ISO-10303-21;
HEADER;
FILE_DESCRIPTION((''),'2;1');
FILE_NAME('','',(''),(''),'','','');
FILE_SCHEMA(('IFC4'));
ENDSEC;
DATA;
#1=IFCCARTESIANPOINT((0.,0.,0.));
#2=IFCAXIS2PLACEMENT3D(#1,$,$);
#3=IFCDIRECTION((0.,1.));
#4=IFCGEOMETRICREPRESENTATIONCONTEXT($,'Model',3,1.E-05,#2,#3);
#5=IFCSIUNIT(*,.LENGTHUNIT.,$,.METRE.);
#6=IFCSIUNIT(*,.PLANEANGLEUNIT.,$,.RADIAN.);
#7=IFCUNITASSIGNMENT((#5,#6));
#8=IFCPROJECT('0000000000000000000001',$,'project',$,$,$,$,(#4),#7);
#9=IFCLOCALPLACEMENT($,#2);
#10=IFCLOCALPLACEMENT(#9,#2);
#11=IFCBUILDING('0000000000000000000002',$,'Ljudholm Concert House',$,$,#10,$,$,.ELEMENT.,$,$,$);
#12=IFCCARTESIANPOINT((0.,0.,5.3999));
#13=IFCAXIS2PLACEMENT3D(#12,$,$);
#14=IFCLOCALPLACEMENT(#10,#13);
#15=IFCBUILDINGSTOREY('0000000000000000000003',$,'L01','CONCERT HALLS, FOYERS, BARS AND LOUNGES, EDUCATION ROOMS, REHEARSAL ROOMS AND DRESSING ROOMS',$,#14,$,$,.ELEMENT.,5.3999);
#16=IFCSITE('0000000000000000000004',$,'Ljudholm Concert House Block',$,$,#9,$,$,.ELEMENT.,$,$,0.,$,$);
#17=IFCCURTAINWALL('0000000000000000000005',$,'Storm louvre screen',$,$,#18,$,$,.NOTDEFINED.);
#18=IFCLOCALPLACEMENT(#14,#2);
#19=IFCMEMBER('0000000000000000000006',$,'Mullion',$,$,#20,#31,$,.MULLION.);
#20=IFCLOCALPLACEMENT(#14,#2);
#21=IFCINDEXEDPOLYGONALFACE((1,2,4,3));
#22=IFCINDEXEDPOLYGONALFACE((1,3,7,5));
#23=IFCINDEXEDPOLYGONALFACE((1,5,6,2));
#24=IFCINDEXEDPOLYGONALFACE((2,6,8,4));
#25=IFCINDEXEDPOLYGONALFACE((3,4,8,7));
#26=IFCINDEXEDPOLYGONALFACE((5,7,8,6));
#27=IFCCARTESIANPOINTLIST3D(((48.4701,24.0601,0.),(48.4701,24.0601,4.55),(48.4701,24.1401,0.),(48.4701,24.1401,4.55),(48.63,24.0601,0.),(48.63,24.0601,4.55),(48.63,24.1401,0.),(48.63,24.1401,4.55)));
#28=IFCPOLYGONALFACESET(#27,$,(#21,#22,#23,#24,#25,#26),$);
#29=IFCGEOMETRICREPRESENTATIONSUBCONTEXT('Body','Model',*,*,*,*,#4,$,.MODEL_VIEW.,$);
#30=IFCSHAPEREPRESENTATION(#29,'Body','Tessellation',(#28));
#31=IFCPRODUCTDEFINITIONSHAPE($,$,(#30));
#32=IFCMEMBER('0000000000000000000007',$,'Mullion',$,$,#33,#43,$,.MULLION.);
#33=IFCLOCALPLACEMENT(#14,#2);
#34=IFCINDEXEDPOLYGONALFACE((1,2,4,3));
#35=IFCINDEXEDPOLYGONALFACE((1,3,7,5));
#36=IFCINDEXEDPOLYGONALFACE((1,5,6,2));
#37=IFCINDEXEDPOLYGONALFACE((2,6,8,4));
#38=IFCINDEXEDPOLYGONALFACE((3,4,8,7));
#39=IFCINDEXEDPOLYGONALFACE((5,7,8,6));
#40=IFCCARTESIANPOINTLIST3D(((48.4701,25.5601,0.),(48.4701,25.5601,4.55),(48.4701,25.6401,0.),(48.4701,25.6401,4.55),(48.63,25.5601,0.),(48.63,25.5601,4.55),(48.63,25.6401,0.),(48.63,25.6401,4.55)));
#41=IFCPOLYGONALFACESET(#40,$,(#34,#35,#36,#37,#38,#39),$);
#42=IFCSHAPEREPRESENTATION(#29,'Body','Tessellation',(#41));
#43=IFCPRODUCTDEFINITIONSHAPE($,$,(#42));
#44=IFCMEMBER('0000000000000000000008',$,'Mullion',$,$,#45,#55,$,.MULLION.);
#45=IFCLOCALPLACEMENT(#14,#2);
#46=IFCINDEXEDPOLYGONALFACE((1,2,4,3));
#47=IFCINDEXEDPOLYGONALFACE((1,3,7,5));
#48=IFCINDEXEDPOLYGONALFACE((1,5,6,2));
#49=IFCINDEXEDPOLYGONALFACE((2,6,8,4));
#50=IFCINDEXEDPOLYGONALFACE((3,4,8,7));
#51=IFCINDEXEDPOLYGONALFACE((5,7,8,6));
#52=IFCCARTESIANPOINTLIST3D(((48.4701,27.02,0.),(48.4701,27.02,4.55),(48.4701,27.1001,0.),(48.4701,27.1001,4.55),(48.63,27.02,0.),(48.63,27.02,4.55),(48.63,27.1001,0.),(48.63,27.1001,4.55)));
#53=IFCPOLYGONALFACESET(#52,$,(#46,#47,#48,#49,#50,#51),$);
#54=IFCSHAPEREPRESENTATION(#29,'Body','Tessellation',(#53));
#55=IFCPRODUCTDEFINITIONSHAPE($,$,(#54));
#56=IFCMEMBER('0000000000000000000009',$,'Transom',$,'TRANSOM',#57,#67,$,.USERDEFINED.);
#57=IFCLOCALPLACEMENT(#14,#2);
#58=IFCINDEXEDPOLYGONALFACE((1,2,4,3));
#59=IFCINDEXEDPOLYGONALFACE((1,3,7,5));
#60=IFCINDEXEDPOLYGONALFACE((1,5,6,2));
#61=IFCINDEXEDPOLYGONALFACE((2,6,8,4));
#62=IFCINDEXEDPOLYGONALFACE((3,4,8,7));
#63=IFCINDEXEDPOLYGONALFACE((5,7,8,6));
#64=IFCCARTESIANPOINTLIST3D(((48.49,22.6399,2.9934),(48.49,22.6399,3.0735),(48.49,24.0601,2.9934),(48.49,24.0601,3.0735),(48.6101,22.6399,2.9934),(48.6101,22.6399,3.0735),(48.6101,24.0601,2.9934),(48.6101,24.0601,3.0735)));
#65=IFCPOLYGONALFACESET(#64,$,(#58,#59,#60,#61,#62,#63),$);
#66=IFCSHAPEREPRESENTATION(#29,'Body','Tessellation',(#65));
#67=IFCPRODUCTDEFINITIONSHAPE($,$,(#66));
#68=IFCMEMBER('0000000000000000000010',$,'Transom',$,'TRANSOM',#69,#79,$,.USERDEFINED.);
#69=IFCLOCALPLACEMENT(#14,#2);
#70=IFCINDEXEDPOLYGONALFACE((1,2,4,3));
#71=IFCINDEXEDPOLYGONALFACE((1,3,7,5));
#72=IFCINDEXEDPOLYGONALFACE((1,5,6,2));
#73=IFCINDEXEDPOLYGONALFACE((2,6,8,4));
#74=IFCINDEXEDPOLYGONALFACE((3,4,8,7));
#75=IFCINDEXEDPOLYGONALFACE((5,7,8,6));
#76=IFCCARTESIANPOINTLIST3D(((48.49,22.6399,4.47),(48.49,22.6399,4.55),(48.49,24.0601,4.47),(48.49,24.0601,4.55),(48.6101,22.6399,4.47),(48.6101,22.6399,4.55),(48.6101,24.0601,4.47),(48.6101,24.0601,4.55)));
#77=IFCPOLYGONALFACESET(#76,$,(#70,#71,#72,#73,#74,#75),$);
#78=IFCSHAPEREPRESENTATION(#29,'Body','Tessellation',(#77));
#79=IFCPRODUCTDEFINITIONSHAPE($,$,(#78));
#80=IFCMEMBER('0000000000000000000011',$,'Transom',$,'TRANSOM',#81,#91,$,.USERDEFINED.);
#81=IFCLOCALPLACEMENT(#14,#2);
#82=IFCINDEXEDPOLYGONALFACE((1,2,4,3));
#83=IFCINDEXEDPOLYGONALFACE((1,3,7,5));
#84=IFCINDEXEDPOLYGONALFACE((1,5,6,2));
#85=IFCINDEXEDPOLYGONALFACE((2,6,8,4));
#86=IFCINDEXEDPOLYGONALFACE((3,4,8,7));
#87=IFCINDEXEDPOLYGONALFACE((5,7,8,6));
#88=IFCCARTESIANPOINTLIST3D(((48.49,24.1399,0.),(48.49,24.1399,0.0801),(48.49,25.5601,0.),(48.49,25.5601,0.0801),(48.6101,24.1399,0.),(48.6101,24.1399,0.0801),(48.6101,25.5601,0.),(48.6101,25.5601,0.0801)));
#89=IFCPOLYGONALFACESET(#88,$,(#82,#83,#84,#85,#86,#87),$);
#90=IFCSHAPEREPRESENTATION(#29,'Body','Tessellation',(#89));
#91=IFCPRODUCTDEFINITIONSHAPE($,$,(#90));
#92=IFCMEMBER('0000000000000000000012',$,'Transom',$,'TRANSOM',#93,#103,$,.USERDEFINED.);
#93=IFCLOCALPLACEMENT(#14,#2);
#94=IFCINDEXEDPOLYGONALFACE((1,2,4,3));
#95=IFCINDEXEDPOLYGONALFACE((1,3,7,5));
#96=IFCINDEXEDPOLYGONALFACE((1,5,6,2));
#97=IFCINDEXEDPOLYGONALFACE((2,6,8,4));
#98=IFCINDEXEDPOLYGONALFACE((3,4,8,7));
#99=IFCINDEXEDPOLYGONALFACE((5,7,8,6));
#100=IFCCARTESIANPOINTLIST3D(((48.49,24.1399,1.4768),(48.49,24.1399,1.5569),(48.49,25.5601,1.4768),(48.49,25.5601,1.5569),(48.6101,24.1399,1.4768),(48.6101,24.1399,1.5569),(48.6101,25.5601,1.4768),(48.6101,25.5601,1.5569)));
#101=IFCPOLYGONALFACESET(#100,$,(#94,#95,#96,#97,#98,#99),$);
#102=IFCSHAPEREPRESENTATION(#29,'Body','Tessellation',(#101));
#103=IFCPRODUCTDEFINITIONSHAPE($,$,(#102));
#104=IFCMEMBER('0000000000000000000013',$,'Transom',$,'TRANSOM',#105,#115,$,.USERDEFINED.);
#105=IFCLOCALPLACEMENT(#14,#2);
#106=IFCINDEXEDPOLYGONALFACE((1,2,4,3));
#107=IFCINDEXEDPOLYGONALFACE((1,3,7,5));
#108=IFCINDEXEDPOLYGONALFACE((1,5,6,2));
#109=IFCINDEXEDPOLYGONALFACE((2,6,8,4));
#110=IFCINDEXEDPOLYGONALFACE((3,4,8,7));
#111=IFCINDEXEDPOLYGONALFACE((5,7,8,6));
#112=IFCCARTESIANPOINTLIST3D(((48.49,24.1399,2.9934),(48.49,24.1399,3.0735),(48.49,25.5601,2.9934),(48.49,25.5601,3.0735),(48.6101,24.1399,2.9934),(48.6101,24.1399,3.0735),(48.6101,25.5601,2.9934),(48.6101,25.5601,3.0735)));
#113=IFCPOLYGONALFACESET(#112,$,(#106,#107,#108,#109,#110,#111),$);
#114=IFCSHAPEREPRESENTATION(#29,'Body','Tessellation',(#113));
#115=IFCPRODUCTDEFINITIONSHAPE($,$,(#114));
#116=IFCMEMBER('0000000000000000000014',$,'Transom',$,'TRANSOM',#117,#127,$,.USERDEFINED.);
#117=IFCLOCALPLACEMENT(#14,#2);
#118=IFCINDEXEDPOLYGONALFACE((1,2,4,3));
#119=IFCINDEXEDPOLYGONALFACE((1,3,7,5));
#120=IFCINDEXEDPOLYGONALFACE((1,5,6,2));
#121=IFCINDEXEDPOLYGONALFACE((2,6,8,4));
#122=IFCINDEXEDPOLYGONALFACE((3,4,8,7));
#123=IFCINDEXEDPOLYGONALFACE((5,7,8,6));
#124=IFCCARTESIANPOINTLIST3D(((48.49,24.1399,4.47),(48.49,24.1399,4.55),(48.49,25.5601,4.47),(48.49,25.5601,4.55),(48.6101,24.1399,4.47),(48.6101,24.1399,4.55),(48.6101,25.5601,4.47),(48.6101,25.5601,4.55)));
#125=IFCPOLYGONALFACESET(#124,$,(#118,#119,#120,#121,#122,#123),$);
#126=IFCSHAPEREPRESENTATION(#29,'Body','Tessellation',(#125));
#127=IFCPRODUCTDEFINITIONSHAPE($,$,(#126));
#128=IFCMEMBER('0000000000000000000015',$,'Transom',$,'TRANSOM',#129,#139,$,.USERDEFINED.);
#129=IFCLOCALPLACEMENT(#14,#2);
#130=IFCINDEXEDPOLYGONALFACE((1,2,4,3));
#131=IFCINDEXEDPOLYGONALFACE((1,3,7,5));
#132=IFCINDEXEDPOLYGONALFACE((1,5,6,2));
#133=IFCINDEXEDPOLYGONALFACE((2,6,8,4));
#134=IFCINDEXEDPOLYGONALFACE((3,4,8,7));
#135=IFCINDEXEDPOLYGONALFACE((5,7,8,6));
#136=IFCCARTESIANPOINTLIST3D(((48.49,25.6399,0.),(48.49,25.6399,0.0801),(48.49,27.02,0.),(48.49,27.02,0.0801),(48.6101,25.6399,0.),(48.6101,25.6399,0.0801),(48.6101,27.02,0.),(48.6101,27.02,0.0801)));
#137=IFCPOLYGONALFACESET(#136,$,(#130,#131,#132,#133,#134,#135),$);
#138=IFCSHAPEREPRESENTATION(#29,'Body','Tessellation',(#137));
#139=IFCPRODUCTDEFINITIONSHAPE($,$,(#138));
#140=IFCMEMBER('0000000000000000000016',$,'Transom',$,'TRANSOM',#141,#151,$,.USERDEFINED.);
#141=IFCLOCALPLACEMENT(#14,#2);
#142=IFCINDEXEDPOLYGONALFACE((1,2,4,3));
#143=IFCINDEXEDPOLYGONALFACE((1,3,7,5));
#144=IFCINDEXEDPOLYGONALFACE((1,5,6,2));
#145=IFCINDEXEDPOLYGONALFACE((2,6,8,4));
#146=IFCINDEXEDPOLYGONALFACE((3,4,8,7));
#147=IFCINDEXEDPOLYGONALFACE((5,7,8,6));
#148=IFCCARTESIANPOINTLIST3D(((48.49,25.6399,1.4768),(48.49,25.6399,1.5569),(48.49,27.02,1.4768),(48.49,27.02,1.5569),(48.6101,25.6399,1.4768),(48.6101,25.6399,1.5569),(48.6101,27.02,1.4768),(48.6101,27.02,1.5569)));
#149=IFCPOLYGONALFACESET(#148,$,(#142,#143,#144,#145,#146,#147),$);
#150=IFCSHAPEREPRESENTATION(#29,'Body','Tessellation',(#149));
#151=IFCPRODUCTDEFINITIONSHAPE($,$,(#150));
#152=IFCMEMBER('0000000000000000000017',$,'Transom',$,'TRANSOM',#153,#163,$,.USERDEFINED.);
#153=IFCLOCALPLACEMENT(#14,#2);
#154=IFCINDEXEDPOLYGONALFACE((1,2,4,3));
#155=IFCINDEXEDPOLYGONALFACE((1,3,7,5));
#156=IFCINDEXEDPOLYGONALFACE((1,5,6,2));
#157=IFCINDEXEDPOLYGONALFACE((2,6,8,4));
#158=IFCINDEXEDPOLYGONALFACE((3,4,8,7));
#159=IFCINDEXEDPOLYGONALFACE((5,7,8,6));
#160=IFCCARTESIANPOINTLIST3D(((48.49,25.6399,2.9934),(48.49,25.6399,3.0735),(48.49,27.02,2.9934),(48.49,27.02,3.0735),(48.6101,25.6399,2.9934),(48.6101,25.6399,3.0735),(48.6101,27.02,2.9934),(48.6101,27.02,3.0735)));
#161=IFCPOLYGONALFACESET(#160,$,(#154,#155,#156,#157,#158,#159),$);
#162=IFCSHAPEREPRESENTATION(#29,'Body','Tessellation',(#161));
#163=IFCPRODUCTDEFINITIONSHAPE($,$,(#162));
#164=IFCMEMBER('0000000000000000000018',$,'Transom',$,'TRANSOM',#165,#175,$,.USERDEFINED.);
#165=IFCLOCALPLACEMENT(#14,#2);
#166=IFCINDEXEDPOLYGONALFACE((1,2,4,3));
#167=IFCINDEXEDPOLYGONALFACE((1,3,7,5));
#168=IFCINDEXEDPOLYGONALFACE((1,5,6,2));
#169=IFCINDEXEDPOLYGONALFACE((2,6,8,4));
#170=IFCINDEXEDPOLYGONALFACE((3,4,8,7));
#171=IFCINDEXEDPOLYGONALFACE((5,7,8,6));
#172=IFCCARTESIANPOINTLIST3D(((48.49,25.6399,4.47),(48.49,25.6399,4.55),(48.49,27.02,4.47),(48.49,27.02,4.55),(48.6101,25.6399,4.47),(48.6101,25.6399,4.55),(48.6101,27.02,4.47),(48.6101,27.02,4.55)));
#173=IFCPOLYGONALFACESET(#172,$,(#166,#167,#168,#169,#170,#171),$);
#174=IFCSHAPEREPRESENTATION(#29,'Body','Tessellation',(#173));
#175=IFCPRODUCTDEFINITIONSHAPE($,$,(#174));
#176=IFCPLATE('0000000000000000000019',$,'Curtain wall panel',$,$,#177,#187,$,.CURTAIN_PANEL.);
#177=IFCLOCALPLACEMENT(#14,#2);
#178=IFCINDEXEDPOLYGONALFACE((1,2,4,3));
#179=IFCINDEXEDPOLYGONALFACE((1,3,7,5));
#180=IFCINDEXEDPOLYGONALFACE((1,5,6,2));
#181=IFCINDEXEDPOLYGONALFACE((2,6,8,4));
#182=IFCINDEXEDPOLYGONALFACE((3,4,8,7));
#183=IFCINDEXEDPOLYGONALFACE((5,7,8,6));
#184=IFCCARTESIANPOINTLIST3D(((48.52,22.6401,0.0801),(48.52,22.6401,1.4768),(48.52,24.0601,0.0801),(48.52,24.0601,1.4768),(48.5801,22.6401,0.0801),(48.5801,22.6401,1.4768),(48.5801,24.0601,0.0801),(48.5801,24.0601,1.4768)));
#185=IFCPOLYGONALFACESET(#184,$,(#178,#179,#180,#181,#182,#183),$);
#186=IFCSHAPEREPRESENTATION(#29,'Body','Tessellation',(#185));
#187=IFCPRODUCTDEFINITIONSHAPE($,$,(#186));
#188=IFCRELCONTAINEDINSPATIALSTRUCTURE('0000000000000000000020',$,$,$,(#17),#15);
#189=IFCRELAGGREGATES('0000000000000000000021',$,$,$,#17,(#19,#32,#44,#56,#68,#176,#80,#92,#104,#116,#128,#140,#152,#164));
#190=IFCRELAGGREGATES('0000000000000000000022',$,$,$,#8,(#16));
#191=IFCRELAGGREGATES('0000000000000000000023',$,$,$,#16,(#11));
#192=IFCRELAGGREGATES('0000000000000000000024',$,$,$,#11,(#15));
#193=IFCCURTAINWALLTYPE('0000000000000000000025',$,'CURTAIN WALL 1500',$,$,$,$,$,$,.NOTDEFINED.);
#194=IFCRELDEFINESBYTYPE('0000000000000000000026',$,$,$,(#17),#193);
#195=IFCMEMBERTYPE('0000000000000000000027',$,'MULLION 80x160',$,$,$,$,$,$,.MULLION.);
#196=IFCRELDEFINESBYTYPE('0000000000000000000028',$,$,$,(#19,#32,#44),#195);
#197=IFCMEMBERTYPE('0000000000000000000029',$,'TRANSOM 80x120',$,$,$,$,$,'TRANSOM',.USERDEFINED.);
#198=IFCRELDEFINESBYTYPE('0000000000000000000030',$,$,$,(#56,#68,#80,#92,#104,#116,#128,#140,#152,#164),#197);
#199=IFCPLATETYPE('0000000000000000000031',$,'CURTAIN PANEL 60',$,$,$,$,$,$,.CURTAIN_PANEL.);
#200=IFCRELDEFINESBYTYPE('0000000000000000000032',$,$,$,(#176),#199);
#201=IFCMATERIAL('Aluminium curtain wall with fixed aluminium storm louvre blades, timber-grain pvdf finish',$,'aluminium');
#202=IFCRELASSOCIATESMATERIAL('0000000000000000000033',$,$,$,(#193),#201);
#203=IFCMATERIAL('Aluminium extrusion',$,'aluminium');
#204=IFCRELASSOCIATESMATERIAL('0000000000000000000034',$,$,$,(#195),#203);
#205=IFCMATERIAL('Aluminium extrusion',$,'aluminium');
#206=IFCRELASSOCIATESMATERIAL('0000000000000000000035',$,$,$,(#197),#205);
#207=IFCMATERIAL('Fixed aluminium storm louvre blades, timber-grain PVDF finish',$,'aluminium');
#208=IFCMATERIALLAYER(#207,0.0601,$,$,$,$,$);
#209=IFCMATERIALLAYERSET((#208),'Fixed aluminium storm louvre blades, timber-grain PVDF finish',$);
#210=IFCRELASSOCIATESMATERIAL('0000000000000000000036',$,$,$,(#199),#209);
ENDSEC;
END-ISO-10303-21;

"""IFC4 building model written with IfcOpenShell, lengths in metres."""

from ifc_helpers import new_model, si_unit, direction, frame, origin, origin_2d, place, context, subcontext, project, spatial, rectangle, extrude, material, layer, layer_set, material_profile, profile_set, type_object, element, aggregate, save


model = new_model("IFC4")

# Units and contexts
model_context = context("Model", 3, precision=1e-05, world=origin(), true_north=direction((0.0, 1.0)))
body_context = subcontext(model_context, "Body", "Model", "MODEL_VIEW")
ifc_project = project(units=[si_unit("LENGTHUNIT", "METRE"), si_unit("PLANEANGLEUNIT", "RADIAN")], contexts=[model_context])

# Site, building, storey
site_placement = place(None, origin())
site = spatial("IfcSite", under=ifc_project, at=site_placement, Name="Ljudholm Concert House Block", CompositionType="ELEMENT", RefElevation=0.0)
building_placement = place(site_placement, origin())
building = spatial("IfcBuilding", under=site, at=building_placement, Name="Ljudholm Concert House", CompositionType="ELEMENT")
storey_placement = place(building_placement, frame((0.0, 0.0, 5.3999)))
storey = spatial("IfcBuildingStorey", under=building, at=storey_placement, Name="L01", Description="CONCERT HALLS, FOYERS, BARS AND LOUNGES, EDUCATION ROOMS, REHEARSAL ROOMS AND DRESSING ROOMS", CompositionType="ELEMENT", Elevation=5.3999)

# Curtain wall, members, plate
ifc_material_1 = material(Name="Aluminium curtain wall with fixed aluminium storm louvre blades, timber-grain pvdf finish", Category="aluminium")
curtain_wall_type = type_object("IfcCurtainWallType", Name="CURTAIN WALL 1500", PredefinedType="NOTDEFINED", material=ifc_material_1)
curtain_wall_placement = place(storey_placement, origin())
curtain_wall = element("IfcCurtainWall", 1, at=curtain_wall_placement, inside=storey, type_object=curtain_wall_type, Name="Storm louvre screen", PredefinedType="NOTDEFINED")
ifc_material_2 = material(Name="Aluminium extrusion", Category="aluminium")
ifc_material_profile_1 = material_profile(ifc_material_2, rectangle(XDim=0.1599, YDim=0.0801, at=origin_2d()), Name="MULLION 80x160")
ifc_profile_set_1 = profile_set([ifc_material_profile_1], Name="Aluminium extrusion")
member_type_1 = type_object("IfcMemberType", Name="MULLION 80x160", PredefinedType="MULLION", material=ifc_profile_set_1)
member_1_placement = place(storey_placement, frame((48.55, 24.1001, 0.0), z_axis=(0.0, 0.0, 1.0), x_axis=(-1.0, 0.0, 0.0)))
member_1 = element("IfcMember", 2, at=member_1_placement, type_object=member_type_1, Name="Mullion", PredefinedType="MULLION", context=body_context, shape_type="SweptSolid", body=[
    extrude(rectangle(XDim=0.1599, YDim=0.0801, at=origin_2d()), origin(), (0.0, 0.0, 1.0), 4.55),
])
member_2_placement = place(storey_placement, frame((48.55, 25.6001, 0.0), z_axis=(0.0, 0.0, 1.0), x_axis=(-1.0, 0.0, 0.0)))
member_2 = element("IfcMember", 3, at=member_2_placement, type_object=member_type_1, Name="Mullion", PredefinedType="MULLION", context=body_context, shape_type="SweptSolid", body=[
    extrude(rectangle(XDim=0.1599, YDim=0.0801, at=origin_2d()), origin(), (0.0, 0.0, 1.0), 4.55),
])
member_3_placement = place(storey_placement, frame((48.55, 27.0601, 0.0), z_axis=(0.0, 0.0, 1.0), x_axis=(-1.0, 0.0, 0.0)))
member_3 = element("IfcMember", 4, at=member_3_placement, type_object=member_type_1, Name="Mullion", PredefinedType="MULLION", context=body_context, shape_type="SweptSolid", body=[
    extrude(rectangle(XDim=0.1599, YDim=0.0801, at=origin_2d()), origin(), (0.0, 0.0, 1.0), 4.55),
])
ifc_material_3 = material(Name="Aluminium extrusion", Category="aluminium")
ifc_material_profile_2 = material_profile(ifc_material_3, rectangle(XDim=0.1201, YDim=0.0801, at=origin_2d()), Name="TRANSOM 80x120")
ifc_profile_set_2 = profile_set([ifc_material_profile_2], Name="Aluminium extrusion")
member_type_2 = type_object("IfcMemberType", Name="TRANSOM 80x120", ElementType="TRANSOM", PredefinedType="USERDEFINED", material=ifc_profile_set_2)
member_4_placement = place(storey_placement, frame((48.55, 22.6399, 3.0334), z_axis=(0.0, 1.0, 0.0), x_axis=(-1.0, 0.0, 0.0)))
member_4 = element("IfcMember", 5, at=member_4_placement, type_object=member_type_2, Name="Transom", ObjectType="TRANSOM", PredefinedType="USERDEFINED", context=body_context, shape_type="SweptSolid", body=[
    extrude(rectangle(XDim=0.1201, YDim=0.0801, at=origin_2d()), origin(), (0.0, 0.0, 1.0), 1.4202),
])
member_5_placement = place(storey_placement, frame((48.55, 22.6399, 4.51), z_axis=(0.0, 1.0, 0.0), x_axis=(-1.0, 0.0, 0.0)))
member_5 = element("IfcMember", 6, at=member_5_placement, type_object=member_type_2, Name="Transom", ObjectType="TRANSOM", PredefinedType="USERDEFINED", context=body_context, shape_type="SweptSolid", body=[
    extrude(rectangle(XDim=0.1201, YDim=0.0801, at=origin_2d()), origin(), (0.0, 0.0, 1.0), 1.4202),
])
member_6_placement = place(storey_placement, frame((48.55, 24.1399, 0.04), z_axis=(0.0, 1.0, 0.0), x_axis=(-1.0, 0.0, 0.0)))
member_6 = element("IfcMember", 7, at=member_6_placement, type_object=member_type_2, Name="Transom", ObjectType="TRANSOM", PredefinedType="USERDEFINED", context=body_context, shape_type="SweptSolid", body=[
    extrude(rectangle(XDim=0.1201, YDim=0.0801, at=origin_2d()), origin(), (0.0, 0.0, 1.0), 1.4202),
])
member_7_placement = place(storey_placement, frame((48.55, 24.1399, 1.5168), z_axis=(0.0, 1.0, 0.0), x_axis=(-1.0, 0.0, 0.0)))
member_7 = element("IfcMember", 8, at=member_7_placement, type_object=member_type_2, Name="Transom", ObjectType="TRANSOM", PredefinedType="USERDEFINED", context=body_context, shape_type="SweptSolid", body=[
    extrude(rectangle(XDim=0.1201, YDim=0.0801, at=origin_2d()), origin(), (0.0, 0.0, 1.0), 1.4202),
])
member_8_placement = place(storey_placement, frame((48.55, 24.1399, 3.0334), z_axis=(0.0, 1.0, 0.0), x_axis=(-1.0, 0.0, 0.0)))
member_8 = element("IfcMember", 9, at=member_8_placement, type_object=member_type_2, Name="Transom", ObjectType="TRANSOM", PredefinedType="USERDEFINED", context=body_context, shape_type="SweptSolid", body=[
    extrude(rectangle(XDim=0.1201, YDim=0.0801, at=origin_2d()), origin(), (0.0, 0.0, 1.0), 1.4202),
])
member_9_placement = place(storey_placement, frame((48.55, 24.1399, 4.51), z_axis=(0.0, 1.0, 0.0), x_axis=(-1.0, 0.0, 0.0)))
member_9 = element("IfcMember", 10, at=member_9_placement, type_object=member_type_2, Name="Transom", ObjectType="TRANSOM", PredefinedType="USERDEFINED", context=body_context, shape_type="SweptSolid", body=[
    extrude(rectangle(XDim=0.1201, YDim=0.0801, at=origin_2d()), origin(), (0.0, 0.0, 1.0), 1.4202),
])
member_10_placement = place(storey_placement, frame((48.55, 25.6399, 0.04), z_axis=(0.0, 1.0, 0.0), x_axis=(-1.0, 0.0, 0.0)))
member_10 = element("IfcMember", 11, at=member_10_placement, type_object=member_type_2, Name="Transom", ObjectType="TRANSOM", PredefinedType="USERDEFINED", context=body_context, shape_type="SweptSolid", body=[
    extrude(rectangle(XDim=0.1201, YDim=0.0801, at=origin_2d()), origin(), (0.0, 0.0, 1.0), 1.3801),
])
member_11_placement = place(storey_placement, frame((48.55, 25.6399, 1.5168), z_axis=(0.0, 1.0, 0.0), x_axis=(-1.0, 0.0, 0.0)))
member_11 = element("IfcMember", 12, at=member_11_placement, type_object=member_type_2, Name="Transom", ObjectType="TRANSOM", PredefinedType="USERDEFINED", context=body_context, shape_type="SweptSolid", body=[
    extrude(rectangle(XDim=0.1201, YDim=0.0801, at=origin_2d()), origin(), (0.0, 0.0, 1.0), 1.3801),
])
member_12_placement = place(storey_placement, frame((48.55, 25.6399, 3.0334), z_axis=(0.0, 1.0, 0.0), x_axis=(-1.0, 0.0, 0.0)))
member_12 = element("IfcMember", 13, at=member_12_placement, type_object=member_type_2, Name="Transom", ObjectType="TRANSOM", PredefinedType="USERDEFINED", context=body_context, shape_type="SweptSolid", body=[
    extrude(rectangle(XDim=0.1201, YDim=0.0801, at=origin_2d()), origin(), (0.0, 0.0, 1.0), 1.3801),
])
member_13_placement = place(storey_placement, frame((48.55, 25.6399, 4.51), z_axis=(0.0, 1.0, 0.0), x_axis=(-1.0, 0.0, 0.0)))
member_13 = element("IfcMember", 14, at=member_13_placement, type_object=member_type_2, Name="Transom", ObjectType="TRANSOM", PredefinedType="USERDEFINED", context=body_context, shape_type="SweptSolid", body=[
    extrude(rectangle(XDim=0.1201, YDim=0.0801, at=origin_2d()), origin(), (0.0, 0.0, 1.0), 1.3801),
])
ifc_material_4 = material(Name="Fixed aluminium storm louvre blades, timber-grain PVDF finish", Category="aluminium")
ifc_layer_1 = layer(ifc_material_4, 0.0601)
ifc_layer_set_1 = layer_set([ifc_layer_1], Name="Fixed aluminium storm louvre blades, timber-grain PVDF finish")
plate_type = type_object("IfcPlateType", Name="CURTAIN PANEL 60", PredefinedType="CURTAIN_PANEL", material=ifc_layer_set_1)
plate_1_placement = place(storey_placement, frame((48.55, 23.3501, 0.0801), z_axis=(0.0, 0.0, 1.0), x_axis=(0.0, 1.0, 0.0)))
plate_1 = element("IfcPlate", 15, at=plate_1_placement, type_object=plate_type, Name="Curtain wall panel", PredefinedType="CURTAIN_PANEL", context=body_context, shape_type="SweptSolid", body=[
    extrude(rectangle(XDim=1.4199, YDim=0.0601, at=origin_2d()), origin(), (0.0, 0.0, 1.0), 1.3967),
])
aggregate(curtain_wall, [member_1, member_2, member_3, member_4, member_5, plate_1, member_6, member_7, member_8, member_9, member_10, member_11, member_12, member_13])

save(model, "model.ifc")
